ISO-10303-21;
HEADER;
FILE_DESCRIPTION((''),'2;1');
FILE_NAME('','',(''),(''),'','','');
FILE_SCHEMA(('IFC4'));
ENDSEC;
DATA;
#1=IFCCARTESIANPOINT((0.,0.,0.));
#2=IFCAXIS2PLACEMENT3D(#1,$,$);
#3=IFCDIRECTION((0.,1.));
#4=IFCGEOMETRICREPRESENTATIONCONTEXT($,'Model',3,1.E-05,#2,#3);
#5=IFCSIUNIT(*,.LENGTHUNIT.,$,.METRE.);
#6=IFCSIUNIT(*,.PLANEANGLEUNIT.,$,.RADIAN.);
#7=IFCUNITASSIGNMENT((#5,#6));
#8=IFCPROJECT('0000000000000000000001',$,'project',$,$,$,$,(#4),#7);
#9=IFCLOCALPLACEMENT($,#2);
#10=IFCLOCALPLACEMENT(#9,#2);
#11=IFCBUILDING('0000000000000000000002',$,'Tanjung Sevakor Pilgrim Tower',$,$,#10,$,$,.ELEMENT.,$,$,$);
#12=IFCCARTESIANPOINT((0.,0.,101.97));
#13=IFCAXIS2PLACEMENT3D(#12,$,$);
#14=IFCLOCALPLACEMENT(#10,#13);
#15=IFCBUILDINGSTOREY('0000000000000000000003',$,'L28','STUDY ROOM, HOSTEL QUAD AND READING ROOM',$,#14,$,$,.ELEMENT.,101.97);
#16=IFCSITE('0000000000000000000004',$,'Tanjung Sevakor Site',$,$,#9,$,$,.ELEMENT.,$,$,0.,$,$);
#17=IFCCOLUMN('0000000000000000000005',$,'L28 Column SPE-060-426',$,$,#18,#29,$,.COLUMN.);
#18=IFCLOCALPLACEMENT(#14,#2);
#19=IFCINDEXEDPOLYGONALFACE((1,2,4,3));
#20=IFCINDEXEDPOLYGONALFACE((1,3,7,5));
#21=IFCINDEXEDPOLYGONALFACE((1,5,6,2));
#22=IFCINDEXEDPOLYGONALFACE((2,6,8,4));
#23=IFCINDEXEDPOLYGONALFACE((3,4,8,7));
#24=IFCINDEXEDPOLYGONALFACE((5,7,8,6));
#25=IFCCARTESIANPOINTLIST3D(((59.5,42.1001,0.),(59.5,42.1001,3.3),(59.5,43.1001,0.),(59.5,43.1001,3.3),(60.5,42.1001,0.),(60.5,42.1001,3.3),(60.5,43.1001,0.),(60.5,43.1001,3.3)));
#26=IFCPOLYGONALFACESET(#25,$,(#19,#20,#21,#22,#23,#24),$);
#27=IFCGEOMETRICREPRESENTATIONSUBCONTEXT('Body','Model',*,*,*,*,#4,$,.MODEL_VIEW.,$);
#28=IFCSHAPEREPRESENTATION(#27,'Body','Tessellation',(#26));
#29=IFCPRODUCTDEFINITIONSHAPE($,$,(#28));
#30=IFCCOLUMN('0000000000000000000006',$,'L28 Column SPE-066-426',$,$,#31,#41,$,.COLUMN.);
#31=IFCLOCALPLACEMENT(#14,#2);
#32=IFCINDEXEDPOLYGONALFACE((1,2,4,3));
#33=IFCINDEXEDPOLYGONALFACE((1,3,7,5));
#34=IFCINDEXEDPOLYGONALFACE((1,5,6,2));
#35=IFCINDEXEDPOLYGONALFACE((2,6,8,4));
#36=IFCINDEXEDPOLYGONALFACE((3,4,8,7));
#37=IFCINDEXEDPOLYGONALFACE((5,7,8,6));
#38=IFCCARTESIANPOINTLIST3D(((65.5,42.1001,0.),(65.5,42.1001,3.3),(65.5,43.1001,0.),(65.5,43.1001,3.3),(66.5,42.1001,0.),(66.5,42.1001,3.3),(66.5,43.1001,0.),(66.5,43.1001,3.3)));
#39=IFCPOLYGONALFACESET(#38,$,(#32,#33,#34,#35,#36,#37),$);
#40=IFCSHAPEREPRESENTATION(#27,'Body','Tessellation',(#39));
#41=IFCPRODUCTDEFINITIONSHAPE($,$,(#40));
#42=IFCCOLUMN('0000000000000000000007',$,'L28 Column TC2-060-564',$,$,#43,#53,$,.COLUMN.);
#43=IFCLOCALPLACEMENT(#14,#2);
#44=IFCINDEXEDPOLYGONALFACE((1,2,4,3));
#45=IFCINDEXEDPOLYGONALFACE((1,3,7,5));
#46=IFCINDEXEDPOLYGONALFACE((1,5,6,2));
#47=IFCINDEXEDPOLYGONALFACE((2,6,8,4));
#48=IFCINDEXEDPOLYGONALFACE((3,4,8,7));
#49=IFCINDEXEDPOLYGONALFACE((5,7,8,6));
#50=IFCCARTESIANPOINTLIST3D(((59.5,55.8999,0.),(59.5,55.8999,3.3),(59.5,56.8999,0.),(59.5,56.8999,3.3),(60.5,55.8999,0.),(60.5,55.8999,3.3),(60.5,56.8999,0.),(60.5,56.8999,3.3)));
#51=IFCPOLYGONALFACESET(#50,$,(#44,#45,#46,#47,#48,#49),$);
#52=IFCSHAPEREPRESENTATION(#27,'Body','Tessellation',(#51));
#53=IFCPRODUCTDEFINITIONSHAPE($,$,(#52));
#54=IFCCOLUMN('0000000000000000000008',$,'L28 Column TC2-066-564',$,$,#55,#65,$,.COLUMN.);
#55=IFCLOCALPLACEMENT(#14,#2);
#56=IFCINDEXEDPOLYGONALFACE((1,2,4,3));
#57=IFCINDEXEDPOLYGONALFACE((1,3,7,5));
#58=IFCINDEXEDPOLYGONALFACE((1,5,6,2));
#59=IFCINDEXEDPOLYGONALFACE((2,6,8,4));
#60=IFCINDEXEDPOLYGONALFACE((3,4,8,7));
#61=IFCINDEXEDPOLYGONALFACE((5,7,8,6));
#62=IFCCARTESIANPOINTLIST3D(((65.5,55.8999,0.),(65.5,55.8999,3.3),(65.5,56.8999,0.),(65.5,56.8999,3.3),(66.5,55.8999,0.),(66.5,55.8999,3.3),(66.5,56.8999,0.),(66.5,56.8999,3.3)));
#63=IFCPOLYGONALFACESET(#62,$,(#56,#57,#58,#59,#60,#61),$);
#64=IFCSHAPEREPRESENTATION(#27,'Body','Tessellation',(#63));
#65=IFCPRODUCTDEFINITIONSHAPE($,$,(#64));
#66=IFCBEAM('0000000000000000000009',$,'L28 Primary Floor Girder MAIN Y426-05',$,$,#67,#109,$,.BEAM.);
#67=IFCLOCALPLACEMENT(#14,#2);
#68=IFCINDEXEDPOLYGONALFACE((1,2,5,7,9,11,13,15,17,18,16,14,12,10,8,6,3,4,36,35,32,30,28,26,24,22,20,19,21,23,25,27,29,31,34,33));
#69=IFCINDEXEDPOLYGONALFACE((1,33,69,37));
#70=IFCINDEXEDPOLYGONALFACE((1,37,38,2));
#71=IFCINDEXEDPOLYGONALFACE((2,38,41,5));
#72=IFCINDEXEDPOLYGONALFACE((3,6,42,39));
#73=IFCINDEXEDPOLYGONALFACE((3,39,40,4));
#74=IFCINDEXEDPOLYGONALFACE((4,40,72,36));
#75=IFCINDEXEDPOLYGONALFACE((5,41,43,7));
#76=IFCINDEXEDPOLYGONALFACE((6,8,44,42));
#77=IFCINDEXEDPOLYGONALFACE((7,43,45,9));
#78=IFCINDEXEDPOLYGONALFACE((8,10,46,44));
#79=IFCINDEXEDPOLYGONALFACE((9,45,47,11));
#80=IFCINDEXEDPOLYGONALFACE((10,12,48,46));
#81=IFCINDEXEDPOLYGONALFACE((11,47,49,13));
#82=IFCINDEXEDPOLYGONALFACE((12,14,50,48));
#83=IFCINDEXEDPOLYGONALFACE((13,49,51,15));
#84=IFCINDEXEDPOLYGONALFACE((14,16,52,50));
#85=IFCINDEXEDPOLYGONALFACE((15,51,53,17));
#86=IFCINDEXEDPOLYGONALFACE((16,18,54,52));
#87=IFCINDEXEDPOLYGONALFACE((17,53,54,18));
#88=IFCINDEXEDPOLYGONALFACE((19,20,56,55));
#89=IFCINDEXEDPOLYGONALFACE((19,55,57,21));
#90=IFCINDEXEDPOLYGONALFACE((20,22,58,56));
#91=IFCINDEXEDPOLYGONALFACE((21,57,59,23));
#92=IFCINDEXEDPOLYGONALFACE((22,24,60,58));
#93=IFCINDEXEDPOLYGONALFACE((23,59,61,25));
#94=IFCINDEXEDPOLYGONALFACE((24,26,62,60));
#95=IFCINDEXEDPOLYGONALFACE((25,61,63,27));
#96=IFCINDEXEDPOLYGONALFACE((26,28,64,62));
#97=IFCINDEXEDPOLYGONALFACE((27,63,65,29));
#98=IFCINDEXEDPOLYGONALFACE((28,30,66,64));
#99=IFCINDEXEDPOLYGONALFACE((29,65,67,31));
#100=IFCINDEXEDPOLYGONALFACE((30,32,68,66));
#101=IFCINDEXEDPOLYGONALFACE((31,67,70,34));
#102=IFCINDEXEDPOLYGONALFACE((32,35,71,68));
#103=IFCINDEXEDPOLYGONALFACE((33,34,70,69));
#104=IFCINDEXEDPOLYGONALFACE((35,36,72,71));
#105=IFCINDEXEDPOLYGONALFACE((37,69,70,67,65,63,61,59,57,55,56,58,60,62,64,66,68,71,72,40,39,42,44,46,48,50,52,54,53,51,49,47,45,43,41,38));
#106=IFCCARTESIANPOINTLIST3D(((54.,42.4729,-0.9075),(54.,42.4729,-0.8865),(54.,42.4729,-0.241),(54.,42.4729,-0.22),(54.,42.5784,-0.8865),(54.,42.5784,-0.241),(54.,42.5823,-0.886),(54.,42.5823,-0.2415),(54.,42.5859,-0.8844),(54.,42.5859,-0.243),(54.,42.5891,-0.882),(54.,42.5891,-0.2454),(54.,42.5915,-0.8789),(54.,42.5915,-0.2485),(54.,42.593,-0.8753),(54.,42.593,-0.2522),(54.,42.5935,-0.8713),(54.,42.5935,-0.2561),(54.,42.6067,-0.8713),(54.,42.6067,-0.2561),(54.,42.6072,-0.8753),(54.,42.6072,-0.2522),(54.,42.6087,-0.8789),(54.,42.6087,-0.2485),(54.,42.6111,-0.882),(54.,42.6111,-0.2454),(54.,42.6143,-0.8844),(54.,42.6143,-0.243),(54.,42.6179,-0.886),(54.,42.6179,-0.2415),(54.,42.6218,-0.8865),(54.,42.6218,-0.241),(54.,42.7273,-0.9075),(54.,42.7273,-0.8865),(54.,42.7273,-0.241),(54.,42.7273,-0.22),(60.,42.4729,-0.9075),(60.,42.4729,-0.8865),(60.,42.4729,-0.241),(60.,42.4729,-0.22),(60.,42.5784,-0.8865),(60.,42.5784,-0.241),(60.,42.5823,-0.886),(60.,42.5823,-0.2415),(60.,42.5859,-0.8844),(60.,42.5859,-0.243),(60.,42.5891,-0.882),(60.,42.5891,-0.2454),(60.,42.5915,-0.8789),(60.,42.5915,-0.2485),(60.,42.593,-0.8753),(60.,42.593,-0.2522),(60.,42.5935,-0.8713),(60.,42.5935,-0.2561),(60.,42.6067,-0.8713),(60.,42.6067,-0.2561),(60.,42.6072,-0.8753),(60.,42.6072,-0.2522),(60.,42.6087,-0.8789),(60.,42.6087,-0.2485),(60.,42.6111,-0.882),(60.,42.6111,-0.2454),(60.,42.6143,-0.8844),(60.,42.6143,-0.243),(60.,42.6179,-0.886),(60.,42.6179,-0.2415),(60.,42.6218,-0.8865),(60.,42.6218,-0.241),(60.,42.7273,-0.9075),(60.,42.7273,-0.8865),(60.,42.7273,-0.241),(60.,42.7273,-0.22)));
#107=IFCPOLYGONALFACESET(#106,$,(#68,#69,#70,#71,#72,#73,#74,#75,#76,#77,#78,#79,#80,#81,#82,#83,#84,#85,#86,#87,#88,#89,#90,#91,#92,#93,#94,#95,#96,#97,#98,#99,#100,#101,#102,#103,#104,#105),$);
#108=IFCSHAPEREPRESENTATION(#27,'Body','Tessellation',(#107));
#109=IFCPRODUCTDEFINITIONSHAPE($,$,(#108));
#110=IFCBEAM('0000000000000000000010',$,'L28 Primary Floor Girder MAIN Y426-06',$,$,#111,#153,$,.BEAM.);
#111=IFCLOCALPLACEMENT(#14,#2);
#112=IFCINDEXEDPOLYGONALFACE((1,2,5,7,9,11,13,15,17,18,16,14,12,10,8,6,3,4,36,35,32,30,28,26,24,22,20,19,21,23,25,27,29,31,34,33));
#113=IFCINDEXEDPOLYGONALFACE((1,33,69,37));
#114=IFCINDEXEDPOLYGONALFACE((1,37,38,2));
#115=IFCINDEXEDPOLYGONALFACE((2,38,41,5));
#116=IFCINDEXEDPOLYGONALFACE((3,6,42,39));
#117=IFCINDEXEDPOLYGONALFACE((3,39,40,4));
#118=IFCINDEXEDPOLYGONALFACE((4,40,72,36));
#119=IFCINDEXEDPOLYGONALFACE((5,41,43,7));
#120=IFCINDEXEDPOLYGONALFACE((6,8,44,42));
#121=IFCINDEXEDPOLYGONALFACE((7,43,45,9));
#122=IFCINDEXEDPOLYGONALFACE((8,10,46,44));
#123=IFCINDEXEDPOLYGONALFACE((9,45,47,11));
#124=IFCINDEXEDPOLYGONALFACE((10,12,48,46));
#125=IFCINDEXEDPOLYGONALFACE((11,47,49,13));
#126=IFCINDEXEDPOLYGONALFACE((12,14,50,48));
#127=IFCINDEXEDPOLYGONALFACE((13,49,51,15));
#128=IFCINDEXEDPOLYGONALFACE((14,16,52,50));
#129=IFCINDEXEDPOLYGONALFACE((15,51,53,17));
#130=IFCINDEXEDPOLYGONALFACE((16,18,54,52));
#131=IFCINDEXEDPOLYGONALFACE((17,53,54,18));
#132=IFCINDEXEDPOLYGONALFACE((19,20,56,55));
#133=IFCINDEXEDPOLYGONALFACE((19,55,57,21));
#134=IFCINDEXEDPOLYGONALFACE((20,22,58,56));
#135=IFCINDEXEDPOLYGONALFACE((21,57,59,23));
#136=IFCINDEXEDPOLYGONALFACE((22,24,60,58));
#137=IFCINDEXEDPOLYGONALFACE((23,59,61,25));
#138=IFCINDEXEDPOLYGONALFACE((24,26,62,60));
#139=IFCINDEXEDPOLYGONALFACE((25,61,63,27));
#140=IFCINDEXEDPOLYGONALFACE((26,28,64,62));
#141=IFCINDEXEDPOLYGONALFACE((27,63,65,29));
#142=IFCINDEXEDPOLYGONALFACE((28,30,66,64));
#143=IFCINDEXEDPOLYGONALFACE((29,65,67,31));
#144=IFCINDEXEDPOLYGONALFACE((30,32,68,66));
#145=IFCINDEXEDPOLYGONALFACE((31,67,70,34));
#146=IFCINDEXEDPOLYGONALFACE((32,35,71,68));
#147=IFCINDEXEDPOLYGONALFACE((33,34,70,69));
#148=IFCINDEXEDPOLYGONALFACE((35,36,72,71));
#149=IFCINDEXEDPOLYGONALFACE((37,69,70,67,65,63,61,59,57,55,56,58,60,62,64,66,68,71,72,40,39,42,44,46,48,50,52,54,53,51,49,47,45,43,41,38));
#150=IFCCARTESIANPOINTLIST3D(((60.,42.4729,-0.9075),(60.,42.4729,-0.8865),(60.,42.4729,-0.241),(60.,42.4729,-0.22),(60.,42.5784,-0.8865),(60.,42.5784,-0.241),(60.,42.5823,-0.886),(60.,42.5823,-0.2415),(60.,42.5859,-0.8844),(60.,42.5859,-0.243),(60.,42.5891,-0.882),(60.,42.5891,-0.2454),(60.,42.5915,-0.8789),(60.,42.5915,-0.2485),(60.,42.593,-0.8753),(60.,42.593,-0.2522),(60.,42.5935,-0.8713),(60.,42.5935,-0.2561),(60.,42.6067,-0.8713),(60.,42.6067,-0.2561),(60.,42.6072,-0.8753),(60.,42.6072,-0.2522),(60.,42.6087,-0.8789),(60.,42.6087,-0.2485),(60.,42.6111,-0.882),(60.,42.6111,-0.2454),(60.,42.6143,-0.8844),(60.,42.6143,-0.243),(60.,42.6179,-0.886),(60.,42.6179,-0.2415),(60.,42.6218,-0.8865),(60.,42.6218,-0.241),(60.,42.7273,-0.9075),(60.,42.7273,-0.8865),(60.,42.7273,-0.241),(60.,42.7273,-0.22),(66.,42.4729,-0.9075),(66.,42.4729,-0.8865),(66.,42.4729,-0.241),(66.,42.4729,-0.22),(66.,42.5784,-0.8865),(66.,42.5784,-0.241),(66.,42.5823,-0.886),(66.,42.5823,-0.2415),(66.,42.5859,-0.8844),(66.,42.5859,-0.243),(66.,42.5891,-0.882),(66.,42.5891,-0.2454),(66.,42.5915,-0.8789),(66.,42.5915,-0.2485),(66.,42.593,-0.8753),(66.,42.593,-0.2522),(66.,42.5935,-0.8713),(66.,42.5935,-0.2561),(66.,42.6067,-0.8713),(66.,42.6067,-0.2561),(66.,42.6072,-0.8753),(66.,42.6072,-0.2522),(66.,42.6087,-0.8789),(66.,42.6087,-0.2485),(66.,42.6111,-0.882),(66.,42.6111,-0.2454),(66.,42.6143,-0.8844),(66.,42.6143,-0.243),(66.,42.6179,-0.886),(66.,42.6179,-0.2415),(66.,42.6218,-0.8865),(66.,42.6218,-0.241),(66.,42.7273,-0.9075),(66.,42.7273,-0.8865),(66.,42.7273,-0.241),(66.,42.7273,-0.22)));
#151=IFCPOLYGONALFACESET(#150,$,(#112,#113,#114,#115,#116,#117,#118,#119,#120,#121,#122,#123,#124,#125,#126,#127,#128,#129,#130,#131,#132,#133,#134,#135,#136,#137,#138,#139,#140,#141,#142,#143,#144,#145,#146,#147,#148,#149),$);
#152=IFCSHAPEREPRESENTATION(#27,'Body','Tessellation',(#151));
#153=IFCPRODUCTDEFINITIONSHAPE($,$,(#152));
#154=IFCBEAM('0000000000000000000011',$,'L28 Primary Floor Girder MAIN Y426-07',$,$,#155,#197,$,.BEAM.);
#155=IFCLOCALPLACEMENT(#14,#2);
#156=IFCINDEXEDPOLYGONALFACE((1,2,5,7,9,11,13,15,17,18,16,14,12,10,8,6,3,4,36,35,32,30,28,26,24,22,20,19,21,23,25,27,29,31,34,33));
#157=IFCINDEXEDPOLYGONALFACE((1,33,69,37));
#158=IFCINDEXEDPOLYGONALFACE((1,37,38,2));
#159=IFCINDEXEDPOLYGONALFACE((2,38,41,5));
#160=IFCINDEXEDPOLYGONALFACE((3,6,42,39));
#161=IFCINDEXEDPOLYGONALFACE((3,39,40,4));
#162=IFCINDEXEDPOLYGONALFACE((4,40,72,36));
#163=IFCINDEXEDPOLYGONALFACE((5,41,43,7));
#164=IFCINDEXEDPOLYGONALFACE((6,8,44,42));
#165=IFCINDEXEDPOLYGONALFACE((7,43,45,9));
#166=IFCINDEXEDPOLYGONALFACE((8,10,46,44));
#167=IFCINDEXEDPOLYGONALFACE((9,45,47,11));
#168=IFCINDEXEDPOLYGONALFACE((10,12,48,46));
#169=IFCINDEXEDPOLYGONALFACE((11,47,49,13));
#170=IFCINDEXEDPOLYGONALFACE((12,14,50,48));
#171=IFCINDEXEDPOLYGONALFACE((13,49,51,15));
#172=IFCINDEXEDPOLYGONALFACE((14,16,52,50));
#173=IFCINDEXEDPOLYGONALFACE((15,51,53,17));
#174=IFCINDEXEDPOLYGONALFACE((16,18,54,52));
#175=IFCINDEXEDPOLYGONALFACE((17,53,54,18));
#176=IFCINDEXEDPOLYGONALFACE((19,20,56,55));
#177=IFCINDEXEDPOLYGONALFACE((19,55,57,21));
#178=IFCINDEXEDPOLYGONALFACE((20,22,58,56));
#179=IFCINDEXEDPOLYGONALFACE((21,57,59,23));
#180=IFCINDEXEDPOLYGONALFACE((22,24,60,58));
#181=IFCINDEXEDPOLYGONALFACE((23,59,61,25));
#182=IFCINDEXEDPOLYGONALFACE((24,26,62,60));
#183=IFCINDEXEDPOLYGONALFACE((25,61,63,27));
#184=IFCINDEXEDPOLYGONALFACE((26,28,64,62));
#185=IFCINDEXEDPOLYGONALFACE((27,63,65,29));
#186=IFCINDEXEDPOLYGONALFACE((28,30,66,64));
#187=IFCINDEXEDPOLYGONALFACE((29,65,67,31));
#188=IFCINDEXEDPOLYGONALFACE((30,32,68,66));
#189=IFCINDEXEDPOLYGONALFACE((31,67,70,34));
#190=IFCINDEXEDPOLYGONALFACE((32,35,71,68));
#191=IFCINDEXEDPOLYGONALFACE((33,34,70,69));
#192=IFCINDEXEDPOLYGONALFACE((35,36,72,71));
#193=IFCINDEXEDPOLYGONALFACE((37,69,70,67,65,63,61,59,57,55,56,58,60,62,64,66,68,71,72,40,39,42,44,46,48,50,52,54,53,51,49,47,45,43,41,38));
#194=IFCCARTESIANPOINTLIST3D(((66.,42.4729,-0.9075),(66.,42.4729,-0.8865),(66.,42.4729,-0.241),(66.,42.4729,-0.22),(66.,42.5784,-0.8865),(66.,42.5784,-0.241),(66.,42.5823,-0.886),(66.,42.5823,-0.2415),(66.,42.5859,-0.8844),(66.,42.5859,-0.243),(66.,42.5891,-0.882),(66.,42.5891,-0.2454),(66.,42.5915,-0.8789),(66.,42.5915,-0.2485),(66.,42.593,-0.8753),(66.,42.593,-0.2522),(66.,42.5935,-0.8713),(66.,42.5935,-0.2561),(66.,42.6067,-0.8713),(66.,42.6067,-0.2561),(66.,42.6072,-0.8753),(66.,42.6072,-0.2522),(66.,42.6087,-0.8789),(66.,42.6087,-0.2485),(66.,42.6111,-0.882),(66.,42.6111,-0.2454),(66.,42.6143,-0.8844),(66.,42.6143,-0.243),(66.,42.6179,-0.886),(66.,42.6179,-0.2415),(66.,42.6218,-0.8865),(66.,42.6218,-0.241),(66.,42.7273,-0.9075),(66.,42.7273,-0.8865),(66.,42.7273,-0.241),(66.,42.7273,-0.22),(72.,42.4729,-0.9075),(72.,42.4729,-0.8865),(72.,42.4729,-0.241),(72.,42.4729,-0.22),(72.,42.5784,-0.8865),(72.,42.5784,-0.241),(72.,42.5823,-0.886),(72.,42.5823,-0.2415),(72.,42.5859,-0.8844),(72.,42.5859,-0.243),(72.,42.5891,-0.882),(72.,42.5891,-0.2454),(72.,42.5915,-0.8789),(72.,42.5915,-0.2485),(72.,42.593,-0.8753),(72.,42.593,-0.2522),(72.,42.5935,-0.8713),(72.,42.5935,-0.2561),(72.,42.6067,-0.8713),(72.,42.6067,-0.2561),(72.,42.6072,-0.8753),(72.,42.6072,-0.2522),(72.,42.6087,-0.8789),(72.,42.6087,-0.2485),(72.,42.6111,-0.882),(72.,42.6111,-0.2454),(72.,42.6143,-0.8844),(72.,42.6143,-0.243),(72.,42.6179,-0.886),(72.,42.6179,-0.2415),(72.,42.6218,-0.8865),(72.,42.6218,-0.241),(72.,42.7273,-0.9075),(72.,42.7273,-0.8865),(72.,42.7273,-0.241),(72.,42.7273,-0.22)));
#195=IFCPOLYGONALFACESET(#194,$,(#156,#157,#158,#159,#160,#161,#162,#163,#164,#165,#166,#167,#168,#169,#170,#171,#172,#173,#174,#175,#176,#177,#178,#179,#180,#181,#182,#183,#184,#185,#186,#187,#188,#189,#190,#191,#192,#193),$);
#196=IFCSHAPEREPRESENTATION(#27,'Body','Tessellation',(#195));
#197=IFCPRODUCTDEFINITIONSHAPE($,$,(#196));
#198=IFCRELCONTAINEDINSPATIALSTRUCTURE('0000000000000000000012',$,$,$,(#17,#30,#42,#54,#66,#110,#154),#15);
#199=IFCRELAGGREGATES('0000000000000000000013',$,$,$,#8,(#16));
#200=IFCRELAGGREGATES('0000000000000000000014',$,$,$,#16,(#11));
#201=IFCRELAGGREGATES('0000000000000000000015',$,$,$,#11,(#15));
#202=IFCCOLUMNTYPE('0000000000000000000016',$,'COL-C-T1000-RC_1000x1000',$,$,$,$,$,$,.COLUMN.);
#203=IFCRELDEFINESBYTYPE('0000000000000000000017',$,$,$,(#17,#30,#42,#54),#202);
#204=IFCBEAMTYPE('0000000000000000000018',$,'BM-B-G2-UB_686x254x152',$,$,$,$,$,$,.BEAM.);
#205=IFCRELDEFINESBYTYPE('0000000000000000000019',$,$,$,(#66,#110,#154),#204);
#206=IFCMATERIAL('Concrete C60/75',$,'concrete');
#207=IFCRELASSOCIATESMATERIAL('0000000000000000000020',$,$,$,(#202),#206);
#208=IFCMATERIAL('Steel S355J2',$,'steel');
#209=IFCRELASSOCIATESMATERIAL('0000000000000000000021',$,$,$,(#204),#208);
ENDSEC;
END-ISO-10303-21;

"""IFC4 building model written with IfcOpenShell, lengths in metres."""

from ifc_helpers import new_model, si_unit, direction, frame, origin, origin_2d, place, context, subcontext, project, spatial, rectangle, i_section, extrude, material, material_profile, profile_set, type_object, element, save


model = new_model("IFC4")

# Units and contexts
model_context = context("Model", 3, precision=1e-05, world=origin(), true_north=direction((0.0, 1.0)))
body_context = subcontext(model_context, "Body", "Model", "MODEL_VIEW")
ifc_project = project(units=[si_unit("LENGTHUNIT", "METRE"), si_unit("PLANEANGLEUNIT", "RADIAN")], contexts=[model_context])

# Site, building, storey
site_placement = place(None, origin())
site = spatial("IfcSite", under=ifc_project, at=site_placement, Name="Tanjung Sevakor Site", CompositionType="ELEMENT", RefElevation=0.0)
building_placement = place(site_placement, origin())
building = spatial("IfcBuilding", under=site, at=building_placement, Name="Tanjung Sevakor Pilgrim Tower", CompositionType="ELEMENT")
storey_placement = place(building_placement, frame((0.0, 0.0, 101.97)))
storey = spatial("IfcBuildingStorey", under=building, at=storey_placement, Name="L28", Description="STUDY ROOM, HOSTEL QUAD AND READING ROOM", CompositionType="ELEMENT", Elevation=101.97)

# Columns
ifc_material_1 = material(Name="Concrete C60/75", Category="concrete")
ifc_material_profile_1 = material_profile(ifc_material_1, rectangle(XDim=1.0, YDim=1.0, at=origin_2d()))
ifc_profile_set_1 = profile_set([ifc_material_profile_1], Name="Concrete C60/75")
column_type = type_object("IfcColumnType", Name="COL-C-T1000-RC_1000x1000", PredefinedType="COLUMN", material=ifc_profile_set_1)
for number, where, z_axis, x_axis, name in (
    (1, (60.0, 42.6001, 0.0), (0.0, 0.0, 1.0), (1.0, 0.0, 0.0), "L28 Column SPE-060-426"),
    (2, (66.0, 42.6001, 0.0), (0.0, 0.0, 1.0), (1.0, 0.0, 0.0), "L28 Column SPE-066-426"),
    (3, (60.0, 56.3999, 0.0), (0.0, 0.0, 1.0), (1.0, 0.0, 0.0), "L28 Column TC2-060-564"),
    (4, (66.0, 56.3999, 0.0), (0.0, 0.0, 1.0), (1.0, 0.0, 0.0), "L28 Column TC2-066-564"),
):
    element("IfcColumn", number, at=place(storey_placement, frame(where, z_axis=z_axis, x_axis=x_axis)), inside=storey, type_object=column_type, Name=name, PredefinedType="COLUMN", context=body_context, shape_type="SweptSolid", body=[
        extrude(rectangle(XDim=1.0, YDim=1.0, at=origin_2d()), origin(), (0.0, 0.0, 1.0), 3.3),
    ])

# Beams
ifc_material_2 = material(Name="Steel S355J2", Category="steel")
ifc_material_profile_2 = material_profile(ifc_material_2, i_section(OverallWidth=0.2544, OverallDepth=0.6875, WebThickness=0.0132, FlangeThickness=0.021, FilletRadius=0.0151, at=origin_2d()))
ifc_profile_set_2 = profile_set([ifc_material_profile_2], Name="Steel S355J2")
beam_type_1 = type_object("IfcBeamType", Name="BM-B-G2-UB_686x254x152", PredefinedType="BEAM", material=ifc_profile_set_2)
for number, where, z_axis, x_axis, name in (
    (5, (54.0, 42.6001, -0.5637), (1.0, 0.0, 0.0), (0.0, 1.0, 0.0), "L28 Primary Floor Girder MAIN Y426-05"),
    (6, (60.0, 42.6001, -0.5637), (1.0, 0.0, 0.0), (0.0, 1.0, 0.0), "L28 Primary Floor Girder MAIN Y426-06"),
    (7, (66.0, 42.6001, -0.5637), (1.0, 0.0, 0.0), (0.0, 1.0, 0.0), "L28 Primary Floor Girder MAIN Y426-07"),
):
    element("IfcBeam", number, at=place(storey_placement, frame(where, z_axis=z_axis, x_axis=x_axis)), inside=storey, type_object=beam_type_1, Name=name, PredefinedType="BEAM", context=body_context, shape_type="SweptSolid", body=[
        extrude(i_section(OverallWidth=0.2544, OverallDepth=0.6875, WebThickness=0.0132, FlangeThickness=0.021, FilletRadius=0.0151, at=origin_2d()), origin(), (0.0, 0.0, 1.0), 6.0),
    ])

save(model, "model.ifc")
